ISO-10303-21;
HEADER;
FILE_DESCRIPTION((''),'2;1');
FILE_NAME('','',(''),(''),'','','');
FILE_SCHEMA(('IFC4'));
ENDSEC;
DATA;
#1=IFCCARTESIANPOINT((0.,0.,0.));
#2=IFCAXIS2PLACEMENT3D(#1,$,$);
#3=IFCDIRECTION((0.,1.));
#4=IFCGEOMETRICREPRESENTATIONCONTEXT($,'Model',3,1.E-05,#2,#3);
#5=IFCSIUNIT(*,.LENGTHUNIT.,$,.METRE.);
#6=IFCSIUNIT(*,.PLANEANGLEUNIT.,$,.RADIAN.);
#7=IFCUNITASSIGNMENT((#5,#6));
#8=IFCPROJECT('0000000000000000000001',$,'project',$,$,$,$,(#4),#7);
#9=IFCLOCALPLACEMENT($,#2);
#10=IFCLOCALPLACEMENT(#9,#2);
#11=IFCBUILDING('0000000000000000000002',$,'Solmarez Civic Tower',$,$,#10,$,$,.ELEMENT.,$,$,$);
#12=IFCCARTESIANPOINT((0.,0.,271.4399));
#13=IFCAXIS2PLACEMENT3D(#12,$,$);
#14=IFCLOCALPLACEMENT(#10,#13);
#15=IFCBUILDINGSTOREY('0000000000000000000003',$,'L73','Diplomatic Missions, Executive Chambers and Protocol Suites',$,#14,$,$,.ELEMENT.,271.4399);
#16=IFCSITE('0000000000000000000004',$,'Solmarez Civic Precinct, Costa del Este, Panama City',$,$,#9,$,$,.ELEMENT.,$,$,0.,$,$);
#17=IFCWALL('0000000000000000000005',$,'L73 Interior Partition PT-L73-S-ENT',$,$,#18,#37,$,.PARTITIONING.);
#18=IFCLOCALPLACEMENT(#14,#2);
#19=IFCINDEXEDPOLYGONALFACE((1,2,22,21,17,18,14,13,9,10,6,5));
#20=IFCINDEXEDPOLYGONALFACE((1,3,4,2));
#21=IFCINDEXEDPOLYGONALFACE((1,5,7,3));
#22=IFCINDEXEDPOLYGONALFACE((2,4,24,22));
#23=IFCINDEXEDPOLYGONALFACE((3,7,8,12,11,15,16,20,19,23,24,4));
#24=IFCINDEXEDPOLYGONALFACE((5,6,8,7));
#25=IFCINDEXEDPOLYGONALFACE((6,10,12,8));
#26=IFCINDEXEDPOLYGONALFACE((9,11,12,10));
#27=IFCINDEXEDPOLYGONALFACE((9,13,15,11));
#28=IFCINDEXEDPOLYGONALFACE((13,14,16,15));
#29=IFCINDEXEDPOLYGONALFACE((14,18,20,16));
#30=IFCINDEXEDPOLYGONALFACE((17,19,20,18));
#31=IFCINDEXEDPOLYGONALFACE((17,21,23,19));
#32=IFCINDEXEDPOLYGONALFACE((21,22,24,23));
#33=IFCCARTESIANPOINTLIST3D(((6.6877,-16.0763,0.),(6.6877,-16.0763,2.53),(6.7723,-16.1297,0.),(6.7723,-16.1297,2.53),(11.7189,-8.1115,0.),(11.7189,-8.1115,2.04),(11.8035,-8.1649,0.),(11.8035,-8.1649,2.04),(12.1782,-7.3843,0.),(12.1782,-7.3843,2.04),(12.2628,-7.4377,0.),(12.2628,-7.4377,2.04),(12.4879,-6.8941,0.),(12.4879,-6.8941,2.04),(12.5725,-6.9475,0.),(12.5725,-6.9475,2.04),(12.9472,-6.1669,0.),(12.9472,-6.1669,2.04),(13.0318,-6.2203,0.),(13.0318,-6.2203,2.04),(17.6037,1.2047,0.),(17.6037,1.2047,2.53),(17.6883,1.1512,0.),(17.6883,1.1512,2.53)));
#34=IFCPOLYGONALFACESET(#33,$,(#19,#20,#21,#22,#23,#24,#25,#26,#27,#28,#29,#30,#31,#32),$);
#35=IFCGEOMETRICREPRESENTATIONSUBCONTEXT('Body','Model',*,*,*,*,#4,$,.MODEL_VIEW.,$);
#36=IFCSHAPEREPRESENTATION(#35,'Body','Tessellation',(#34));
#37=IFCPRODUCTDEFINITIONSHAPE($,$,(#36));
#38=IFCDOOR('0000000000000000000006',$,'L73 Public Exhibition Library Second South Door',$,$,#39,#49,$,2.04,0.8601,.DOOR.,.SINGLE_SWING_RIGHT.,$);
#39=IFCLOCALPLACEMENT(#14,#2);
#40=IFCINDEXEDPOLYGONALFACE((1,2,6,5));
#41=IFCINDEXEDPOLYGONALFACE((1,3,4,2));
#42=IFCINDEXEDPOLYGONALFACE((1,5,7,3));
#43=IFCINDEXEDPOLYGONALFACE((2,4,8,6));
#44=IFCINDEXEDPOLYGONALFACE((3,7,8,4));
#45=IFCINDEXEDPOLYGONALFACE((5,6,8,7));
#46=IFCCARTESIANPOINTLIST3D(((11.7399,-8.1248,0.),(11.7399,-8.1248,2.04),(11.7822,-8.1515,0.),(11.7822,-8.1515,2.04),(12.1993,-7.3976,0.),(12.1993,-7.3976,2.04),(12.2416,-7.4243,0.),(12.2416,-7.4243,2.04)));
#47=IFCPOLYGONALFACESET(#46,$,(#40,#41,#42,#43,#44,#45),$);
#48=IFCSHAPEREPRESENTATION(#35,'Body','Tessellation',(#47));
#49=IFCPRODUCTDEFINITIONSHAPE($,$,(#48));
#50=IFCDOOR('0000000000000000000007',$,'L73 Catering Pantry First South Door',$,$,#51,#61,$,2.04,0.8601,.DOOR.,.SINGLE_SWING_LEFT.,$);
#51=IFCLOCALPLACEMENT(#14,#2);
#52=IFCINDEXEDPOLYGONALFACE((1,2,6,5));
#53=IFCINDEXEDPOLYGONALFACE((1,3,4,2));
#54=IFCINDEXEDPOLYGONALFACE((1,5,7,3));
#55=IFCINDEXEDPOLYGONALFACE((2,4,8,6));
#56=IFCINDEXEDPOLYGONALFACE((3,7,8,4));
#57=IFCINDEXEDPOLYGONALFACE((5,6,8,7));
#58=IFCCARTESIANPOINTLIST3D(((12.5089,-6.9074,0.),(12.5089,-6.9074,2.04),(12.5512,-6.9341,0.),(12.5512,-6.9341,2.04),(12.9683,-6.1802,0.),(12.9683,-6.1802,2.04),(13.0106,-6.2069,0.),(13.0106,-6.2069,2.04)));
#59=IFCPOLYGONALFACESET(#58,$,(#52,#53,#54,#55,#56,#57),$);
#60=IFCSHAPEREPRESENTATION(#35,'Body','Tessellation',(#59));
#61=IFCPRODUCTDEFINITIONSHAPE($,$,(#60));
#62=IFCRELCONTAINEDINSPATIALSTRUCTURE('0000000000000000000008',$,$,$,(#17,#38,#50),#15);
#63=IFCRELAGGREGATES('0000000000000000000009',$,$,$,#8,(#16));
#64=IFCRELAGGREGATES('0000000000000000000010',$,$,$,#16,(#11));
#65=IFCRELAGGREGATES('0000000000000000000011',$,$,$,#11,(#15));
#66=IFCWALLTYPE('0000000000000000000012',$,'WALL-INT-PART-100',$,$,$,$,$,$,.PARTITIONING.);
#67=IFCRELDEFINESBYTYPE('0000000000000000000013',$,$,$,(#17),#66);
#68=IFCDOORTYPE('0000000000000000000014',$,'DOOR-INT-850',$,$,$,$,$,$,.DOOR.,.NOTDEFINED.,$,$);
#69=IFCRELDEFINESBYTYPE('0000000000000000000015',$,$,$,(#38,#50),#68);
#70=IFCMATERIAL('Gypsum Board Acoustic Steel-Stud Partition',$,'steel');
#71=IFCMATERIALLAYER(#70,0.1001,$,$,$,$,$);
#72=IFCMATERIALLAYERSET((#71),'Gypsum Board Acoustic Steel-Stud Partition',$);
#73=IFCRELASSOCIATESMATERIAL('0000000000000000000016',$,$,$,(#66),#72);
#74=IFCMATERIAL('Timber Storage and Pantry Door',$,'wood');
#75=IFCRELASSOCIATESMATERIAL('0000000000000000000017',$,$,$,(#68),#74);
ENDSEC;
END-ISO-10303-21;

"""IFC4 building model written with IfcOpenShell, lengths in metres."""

from ifc_helpers import new_model, si_unit, direction, frame, frame_2d, origin, place, context, subcontext, project, spatial, rectangle, extrude, material, layer, layer_set, type_object, element, fill, save


model = new_model("IFC4")

# Units and contexts
model_context = context("Model", 3, precision=1e-05, world=origin(), true_north=direction((0.0, 1.0)))
body_context = subcontext(model_context, "Body", "Model", "MODEL_VIEW")
ifc_project = project(units=[si_unit("LENGTHUNIT", "METRE"), si_unit("PLANEANGLEUNIT", "RADIAN")], contexts=[model_context])

# Site, building, storey
site_placement = place(None, origin())
site = spatial("IfcSite", under=ifc_project, at=site_placement, Name="Solmarez Civic Precinct, Costa del Este, Panama City", CompositionType="ELEMENT", RefElevation=0.0)
building_placement = place(site_placement, origin())
building = spatial("IfcBuilding", under=site, at=building_placement, Name="Solmarez Civic Tower", CompositionType="ELEMENT")
storey_placement = place(building_placement, frame((0.0, 0.0, 271.4399)))
storey = spatial("IfcBuildingStorey", under=building, at=storey_placement, Name="L73", Description="Diplomatic Missions, Executive Chambers and Protocol Suites", CompositionType="ELEMENT", Elevation=271.4399)

# Shared definitions
ifc_material_1 = material(Name="Gypsum Board Acoustic Steel-Stud Partition", Category="steel")
ifc_layer_1 = layer(ifc_material_1, 0.1001)
ifc_layer_set_1 = layer_set([ifc_layer_1], Name="Gypsum Board Acoustic Steel-Stud Partition")
wall_type_1 = type_object("IfcWallType", Name="WALL-INT-PART-100", PredefinedType="PARTITIONING", material=ifc_layer_set_1)

# Wall, openings, doors
wall_1_placement = place(storey_placement, frame((17.646, 1.178, 0.0), z_axis=(0.0, 0.0, 1.0), x_axis=(-0.534052, -0.845451, 0.0)))
wall_1 = element("IfcWall", 1, at=wall_1_placement, inside=storey, type_object=wall_type_1, Name="L73 Interior Partition PT-L73-S-ENT", PredefinedType="PARTITIONING", context=body_context, shape_type="SweptSolid", body=[
    extrude(rectangle(XDim=20.4399, YDim=0.1001, at=frame_2d((10.22, 0.0))), origin(), (0.0, 0.0, 1.0), 2.53),
])
opening_1_placement = place(wall_1_placement, frame((10.1589, 0.0, 0.0)))
opening_1 = element("IfcOpeningElement", 2, at=opening_1_placement, cuts=wall_1, PredefinedType="OPENING", context=body_context, shape_type="SweptSolid", body=[
    extrude(rectangle(XDim=0.8601, YDim=2.04, at=frame_2d((0.4302, 1.02))), frame((0.0, 0.0601, 0.0), z_axis=(0.0, -1.0, 0.0), x_axis=(1.0, 0.0, 0.0)), (0.0, 0.0, 1.0), 0.1201),
])
opening_2_placement = place(wall_1_placement, frame((8.719, 0.0, 0.0)))
opening_2 = element("IfcOpeningElement", 3, at=opening_2_placement, cuts=wall_1, PredefinedType="OPENING", context=body_context, shape_type="SweptSolid", body=[
    extrude(rectangle(XDim=0.8601, YDim=2.04, at=frame_2d((0.4302, 1.02))), frame((0.0, 0.0601, 0.0), z_axis=(0.0, -1.0, 0.0), x_axis=(1.0, 0.0, 0.0)), (0.0, 0.0, 1.0), 0.1201),
])
ifc_material_2 = material(Name="Timber Storage and Pantry Door", Category="wood")
door_type_1 = type_object("IfcDoorType", Name="DOOR-INT-850", OperationType="NOTDEFINED", PredefinedType="DOOR", material=ifc_material_2)
door_1_placement = place(opening_1_placement, origin())
door_1 = element("IfcDoor", 4, at=door_1_placement, inside=storey, type_object=door_type_1, Name="L73 Public Exhibition Library Second South Door", OperationType="SINGLE_SWING_RIGHT", OverallHeight=2.04, OverallWidth=0.8601, PredefinedType="DOOR", context=body_context, shape_type="SweptSolid", body=[
    extrude(rectangle(XDim=0.8601, YDim=2.04, at=frame_2d((0.4302, 1.02))), frame((0.0, 0.0249, 0.0), z_axis=(0.0, -1.0, 0.0), x_axis=(1.0, 0.0, 0.0)), (0.0, 0.0, 1.0), 0.05),
])
fill(opening_1, door_1)
door_2_placement = place(opening_2_placement, origin())
door_2 = element("IfcDoor", 5, at=door_2_placement, inside=storey, type_object=door_type_1, Name="L73 Catering Pantry First South Door", OperationType="SINGLE_SWING_LEFT", OverallHeight=2.04, OverallWidth=0.8601, PredefinedType="DOOR", context=body_context, shape_type="SweptSolid", body=[
    extrude(rectangle(XDim=0.8601, YDim=2.04, at=frame_2d((0.4302, 1.02))), frame((0.0, 0.0249, 0.0), z_axis=(0.0, -1.0, 0.0), x_axis=(1.0, 0.0, 0.0)), (0.0, 0.0, 1.0), 0.05),
])
fill(opening_2, door_2)

save(model, "model.ifc")
